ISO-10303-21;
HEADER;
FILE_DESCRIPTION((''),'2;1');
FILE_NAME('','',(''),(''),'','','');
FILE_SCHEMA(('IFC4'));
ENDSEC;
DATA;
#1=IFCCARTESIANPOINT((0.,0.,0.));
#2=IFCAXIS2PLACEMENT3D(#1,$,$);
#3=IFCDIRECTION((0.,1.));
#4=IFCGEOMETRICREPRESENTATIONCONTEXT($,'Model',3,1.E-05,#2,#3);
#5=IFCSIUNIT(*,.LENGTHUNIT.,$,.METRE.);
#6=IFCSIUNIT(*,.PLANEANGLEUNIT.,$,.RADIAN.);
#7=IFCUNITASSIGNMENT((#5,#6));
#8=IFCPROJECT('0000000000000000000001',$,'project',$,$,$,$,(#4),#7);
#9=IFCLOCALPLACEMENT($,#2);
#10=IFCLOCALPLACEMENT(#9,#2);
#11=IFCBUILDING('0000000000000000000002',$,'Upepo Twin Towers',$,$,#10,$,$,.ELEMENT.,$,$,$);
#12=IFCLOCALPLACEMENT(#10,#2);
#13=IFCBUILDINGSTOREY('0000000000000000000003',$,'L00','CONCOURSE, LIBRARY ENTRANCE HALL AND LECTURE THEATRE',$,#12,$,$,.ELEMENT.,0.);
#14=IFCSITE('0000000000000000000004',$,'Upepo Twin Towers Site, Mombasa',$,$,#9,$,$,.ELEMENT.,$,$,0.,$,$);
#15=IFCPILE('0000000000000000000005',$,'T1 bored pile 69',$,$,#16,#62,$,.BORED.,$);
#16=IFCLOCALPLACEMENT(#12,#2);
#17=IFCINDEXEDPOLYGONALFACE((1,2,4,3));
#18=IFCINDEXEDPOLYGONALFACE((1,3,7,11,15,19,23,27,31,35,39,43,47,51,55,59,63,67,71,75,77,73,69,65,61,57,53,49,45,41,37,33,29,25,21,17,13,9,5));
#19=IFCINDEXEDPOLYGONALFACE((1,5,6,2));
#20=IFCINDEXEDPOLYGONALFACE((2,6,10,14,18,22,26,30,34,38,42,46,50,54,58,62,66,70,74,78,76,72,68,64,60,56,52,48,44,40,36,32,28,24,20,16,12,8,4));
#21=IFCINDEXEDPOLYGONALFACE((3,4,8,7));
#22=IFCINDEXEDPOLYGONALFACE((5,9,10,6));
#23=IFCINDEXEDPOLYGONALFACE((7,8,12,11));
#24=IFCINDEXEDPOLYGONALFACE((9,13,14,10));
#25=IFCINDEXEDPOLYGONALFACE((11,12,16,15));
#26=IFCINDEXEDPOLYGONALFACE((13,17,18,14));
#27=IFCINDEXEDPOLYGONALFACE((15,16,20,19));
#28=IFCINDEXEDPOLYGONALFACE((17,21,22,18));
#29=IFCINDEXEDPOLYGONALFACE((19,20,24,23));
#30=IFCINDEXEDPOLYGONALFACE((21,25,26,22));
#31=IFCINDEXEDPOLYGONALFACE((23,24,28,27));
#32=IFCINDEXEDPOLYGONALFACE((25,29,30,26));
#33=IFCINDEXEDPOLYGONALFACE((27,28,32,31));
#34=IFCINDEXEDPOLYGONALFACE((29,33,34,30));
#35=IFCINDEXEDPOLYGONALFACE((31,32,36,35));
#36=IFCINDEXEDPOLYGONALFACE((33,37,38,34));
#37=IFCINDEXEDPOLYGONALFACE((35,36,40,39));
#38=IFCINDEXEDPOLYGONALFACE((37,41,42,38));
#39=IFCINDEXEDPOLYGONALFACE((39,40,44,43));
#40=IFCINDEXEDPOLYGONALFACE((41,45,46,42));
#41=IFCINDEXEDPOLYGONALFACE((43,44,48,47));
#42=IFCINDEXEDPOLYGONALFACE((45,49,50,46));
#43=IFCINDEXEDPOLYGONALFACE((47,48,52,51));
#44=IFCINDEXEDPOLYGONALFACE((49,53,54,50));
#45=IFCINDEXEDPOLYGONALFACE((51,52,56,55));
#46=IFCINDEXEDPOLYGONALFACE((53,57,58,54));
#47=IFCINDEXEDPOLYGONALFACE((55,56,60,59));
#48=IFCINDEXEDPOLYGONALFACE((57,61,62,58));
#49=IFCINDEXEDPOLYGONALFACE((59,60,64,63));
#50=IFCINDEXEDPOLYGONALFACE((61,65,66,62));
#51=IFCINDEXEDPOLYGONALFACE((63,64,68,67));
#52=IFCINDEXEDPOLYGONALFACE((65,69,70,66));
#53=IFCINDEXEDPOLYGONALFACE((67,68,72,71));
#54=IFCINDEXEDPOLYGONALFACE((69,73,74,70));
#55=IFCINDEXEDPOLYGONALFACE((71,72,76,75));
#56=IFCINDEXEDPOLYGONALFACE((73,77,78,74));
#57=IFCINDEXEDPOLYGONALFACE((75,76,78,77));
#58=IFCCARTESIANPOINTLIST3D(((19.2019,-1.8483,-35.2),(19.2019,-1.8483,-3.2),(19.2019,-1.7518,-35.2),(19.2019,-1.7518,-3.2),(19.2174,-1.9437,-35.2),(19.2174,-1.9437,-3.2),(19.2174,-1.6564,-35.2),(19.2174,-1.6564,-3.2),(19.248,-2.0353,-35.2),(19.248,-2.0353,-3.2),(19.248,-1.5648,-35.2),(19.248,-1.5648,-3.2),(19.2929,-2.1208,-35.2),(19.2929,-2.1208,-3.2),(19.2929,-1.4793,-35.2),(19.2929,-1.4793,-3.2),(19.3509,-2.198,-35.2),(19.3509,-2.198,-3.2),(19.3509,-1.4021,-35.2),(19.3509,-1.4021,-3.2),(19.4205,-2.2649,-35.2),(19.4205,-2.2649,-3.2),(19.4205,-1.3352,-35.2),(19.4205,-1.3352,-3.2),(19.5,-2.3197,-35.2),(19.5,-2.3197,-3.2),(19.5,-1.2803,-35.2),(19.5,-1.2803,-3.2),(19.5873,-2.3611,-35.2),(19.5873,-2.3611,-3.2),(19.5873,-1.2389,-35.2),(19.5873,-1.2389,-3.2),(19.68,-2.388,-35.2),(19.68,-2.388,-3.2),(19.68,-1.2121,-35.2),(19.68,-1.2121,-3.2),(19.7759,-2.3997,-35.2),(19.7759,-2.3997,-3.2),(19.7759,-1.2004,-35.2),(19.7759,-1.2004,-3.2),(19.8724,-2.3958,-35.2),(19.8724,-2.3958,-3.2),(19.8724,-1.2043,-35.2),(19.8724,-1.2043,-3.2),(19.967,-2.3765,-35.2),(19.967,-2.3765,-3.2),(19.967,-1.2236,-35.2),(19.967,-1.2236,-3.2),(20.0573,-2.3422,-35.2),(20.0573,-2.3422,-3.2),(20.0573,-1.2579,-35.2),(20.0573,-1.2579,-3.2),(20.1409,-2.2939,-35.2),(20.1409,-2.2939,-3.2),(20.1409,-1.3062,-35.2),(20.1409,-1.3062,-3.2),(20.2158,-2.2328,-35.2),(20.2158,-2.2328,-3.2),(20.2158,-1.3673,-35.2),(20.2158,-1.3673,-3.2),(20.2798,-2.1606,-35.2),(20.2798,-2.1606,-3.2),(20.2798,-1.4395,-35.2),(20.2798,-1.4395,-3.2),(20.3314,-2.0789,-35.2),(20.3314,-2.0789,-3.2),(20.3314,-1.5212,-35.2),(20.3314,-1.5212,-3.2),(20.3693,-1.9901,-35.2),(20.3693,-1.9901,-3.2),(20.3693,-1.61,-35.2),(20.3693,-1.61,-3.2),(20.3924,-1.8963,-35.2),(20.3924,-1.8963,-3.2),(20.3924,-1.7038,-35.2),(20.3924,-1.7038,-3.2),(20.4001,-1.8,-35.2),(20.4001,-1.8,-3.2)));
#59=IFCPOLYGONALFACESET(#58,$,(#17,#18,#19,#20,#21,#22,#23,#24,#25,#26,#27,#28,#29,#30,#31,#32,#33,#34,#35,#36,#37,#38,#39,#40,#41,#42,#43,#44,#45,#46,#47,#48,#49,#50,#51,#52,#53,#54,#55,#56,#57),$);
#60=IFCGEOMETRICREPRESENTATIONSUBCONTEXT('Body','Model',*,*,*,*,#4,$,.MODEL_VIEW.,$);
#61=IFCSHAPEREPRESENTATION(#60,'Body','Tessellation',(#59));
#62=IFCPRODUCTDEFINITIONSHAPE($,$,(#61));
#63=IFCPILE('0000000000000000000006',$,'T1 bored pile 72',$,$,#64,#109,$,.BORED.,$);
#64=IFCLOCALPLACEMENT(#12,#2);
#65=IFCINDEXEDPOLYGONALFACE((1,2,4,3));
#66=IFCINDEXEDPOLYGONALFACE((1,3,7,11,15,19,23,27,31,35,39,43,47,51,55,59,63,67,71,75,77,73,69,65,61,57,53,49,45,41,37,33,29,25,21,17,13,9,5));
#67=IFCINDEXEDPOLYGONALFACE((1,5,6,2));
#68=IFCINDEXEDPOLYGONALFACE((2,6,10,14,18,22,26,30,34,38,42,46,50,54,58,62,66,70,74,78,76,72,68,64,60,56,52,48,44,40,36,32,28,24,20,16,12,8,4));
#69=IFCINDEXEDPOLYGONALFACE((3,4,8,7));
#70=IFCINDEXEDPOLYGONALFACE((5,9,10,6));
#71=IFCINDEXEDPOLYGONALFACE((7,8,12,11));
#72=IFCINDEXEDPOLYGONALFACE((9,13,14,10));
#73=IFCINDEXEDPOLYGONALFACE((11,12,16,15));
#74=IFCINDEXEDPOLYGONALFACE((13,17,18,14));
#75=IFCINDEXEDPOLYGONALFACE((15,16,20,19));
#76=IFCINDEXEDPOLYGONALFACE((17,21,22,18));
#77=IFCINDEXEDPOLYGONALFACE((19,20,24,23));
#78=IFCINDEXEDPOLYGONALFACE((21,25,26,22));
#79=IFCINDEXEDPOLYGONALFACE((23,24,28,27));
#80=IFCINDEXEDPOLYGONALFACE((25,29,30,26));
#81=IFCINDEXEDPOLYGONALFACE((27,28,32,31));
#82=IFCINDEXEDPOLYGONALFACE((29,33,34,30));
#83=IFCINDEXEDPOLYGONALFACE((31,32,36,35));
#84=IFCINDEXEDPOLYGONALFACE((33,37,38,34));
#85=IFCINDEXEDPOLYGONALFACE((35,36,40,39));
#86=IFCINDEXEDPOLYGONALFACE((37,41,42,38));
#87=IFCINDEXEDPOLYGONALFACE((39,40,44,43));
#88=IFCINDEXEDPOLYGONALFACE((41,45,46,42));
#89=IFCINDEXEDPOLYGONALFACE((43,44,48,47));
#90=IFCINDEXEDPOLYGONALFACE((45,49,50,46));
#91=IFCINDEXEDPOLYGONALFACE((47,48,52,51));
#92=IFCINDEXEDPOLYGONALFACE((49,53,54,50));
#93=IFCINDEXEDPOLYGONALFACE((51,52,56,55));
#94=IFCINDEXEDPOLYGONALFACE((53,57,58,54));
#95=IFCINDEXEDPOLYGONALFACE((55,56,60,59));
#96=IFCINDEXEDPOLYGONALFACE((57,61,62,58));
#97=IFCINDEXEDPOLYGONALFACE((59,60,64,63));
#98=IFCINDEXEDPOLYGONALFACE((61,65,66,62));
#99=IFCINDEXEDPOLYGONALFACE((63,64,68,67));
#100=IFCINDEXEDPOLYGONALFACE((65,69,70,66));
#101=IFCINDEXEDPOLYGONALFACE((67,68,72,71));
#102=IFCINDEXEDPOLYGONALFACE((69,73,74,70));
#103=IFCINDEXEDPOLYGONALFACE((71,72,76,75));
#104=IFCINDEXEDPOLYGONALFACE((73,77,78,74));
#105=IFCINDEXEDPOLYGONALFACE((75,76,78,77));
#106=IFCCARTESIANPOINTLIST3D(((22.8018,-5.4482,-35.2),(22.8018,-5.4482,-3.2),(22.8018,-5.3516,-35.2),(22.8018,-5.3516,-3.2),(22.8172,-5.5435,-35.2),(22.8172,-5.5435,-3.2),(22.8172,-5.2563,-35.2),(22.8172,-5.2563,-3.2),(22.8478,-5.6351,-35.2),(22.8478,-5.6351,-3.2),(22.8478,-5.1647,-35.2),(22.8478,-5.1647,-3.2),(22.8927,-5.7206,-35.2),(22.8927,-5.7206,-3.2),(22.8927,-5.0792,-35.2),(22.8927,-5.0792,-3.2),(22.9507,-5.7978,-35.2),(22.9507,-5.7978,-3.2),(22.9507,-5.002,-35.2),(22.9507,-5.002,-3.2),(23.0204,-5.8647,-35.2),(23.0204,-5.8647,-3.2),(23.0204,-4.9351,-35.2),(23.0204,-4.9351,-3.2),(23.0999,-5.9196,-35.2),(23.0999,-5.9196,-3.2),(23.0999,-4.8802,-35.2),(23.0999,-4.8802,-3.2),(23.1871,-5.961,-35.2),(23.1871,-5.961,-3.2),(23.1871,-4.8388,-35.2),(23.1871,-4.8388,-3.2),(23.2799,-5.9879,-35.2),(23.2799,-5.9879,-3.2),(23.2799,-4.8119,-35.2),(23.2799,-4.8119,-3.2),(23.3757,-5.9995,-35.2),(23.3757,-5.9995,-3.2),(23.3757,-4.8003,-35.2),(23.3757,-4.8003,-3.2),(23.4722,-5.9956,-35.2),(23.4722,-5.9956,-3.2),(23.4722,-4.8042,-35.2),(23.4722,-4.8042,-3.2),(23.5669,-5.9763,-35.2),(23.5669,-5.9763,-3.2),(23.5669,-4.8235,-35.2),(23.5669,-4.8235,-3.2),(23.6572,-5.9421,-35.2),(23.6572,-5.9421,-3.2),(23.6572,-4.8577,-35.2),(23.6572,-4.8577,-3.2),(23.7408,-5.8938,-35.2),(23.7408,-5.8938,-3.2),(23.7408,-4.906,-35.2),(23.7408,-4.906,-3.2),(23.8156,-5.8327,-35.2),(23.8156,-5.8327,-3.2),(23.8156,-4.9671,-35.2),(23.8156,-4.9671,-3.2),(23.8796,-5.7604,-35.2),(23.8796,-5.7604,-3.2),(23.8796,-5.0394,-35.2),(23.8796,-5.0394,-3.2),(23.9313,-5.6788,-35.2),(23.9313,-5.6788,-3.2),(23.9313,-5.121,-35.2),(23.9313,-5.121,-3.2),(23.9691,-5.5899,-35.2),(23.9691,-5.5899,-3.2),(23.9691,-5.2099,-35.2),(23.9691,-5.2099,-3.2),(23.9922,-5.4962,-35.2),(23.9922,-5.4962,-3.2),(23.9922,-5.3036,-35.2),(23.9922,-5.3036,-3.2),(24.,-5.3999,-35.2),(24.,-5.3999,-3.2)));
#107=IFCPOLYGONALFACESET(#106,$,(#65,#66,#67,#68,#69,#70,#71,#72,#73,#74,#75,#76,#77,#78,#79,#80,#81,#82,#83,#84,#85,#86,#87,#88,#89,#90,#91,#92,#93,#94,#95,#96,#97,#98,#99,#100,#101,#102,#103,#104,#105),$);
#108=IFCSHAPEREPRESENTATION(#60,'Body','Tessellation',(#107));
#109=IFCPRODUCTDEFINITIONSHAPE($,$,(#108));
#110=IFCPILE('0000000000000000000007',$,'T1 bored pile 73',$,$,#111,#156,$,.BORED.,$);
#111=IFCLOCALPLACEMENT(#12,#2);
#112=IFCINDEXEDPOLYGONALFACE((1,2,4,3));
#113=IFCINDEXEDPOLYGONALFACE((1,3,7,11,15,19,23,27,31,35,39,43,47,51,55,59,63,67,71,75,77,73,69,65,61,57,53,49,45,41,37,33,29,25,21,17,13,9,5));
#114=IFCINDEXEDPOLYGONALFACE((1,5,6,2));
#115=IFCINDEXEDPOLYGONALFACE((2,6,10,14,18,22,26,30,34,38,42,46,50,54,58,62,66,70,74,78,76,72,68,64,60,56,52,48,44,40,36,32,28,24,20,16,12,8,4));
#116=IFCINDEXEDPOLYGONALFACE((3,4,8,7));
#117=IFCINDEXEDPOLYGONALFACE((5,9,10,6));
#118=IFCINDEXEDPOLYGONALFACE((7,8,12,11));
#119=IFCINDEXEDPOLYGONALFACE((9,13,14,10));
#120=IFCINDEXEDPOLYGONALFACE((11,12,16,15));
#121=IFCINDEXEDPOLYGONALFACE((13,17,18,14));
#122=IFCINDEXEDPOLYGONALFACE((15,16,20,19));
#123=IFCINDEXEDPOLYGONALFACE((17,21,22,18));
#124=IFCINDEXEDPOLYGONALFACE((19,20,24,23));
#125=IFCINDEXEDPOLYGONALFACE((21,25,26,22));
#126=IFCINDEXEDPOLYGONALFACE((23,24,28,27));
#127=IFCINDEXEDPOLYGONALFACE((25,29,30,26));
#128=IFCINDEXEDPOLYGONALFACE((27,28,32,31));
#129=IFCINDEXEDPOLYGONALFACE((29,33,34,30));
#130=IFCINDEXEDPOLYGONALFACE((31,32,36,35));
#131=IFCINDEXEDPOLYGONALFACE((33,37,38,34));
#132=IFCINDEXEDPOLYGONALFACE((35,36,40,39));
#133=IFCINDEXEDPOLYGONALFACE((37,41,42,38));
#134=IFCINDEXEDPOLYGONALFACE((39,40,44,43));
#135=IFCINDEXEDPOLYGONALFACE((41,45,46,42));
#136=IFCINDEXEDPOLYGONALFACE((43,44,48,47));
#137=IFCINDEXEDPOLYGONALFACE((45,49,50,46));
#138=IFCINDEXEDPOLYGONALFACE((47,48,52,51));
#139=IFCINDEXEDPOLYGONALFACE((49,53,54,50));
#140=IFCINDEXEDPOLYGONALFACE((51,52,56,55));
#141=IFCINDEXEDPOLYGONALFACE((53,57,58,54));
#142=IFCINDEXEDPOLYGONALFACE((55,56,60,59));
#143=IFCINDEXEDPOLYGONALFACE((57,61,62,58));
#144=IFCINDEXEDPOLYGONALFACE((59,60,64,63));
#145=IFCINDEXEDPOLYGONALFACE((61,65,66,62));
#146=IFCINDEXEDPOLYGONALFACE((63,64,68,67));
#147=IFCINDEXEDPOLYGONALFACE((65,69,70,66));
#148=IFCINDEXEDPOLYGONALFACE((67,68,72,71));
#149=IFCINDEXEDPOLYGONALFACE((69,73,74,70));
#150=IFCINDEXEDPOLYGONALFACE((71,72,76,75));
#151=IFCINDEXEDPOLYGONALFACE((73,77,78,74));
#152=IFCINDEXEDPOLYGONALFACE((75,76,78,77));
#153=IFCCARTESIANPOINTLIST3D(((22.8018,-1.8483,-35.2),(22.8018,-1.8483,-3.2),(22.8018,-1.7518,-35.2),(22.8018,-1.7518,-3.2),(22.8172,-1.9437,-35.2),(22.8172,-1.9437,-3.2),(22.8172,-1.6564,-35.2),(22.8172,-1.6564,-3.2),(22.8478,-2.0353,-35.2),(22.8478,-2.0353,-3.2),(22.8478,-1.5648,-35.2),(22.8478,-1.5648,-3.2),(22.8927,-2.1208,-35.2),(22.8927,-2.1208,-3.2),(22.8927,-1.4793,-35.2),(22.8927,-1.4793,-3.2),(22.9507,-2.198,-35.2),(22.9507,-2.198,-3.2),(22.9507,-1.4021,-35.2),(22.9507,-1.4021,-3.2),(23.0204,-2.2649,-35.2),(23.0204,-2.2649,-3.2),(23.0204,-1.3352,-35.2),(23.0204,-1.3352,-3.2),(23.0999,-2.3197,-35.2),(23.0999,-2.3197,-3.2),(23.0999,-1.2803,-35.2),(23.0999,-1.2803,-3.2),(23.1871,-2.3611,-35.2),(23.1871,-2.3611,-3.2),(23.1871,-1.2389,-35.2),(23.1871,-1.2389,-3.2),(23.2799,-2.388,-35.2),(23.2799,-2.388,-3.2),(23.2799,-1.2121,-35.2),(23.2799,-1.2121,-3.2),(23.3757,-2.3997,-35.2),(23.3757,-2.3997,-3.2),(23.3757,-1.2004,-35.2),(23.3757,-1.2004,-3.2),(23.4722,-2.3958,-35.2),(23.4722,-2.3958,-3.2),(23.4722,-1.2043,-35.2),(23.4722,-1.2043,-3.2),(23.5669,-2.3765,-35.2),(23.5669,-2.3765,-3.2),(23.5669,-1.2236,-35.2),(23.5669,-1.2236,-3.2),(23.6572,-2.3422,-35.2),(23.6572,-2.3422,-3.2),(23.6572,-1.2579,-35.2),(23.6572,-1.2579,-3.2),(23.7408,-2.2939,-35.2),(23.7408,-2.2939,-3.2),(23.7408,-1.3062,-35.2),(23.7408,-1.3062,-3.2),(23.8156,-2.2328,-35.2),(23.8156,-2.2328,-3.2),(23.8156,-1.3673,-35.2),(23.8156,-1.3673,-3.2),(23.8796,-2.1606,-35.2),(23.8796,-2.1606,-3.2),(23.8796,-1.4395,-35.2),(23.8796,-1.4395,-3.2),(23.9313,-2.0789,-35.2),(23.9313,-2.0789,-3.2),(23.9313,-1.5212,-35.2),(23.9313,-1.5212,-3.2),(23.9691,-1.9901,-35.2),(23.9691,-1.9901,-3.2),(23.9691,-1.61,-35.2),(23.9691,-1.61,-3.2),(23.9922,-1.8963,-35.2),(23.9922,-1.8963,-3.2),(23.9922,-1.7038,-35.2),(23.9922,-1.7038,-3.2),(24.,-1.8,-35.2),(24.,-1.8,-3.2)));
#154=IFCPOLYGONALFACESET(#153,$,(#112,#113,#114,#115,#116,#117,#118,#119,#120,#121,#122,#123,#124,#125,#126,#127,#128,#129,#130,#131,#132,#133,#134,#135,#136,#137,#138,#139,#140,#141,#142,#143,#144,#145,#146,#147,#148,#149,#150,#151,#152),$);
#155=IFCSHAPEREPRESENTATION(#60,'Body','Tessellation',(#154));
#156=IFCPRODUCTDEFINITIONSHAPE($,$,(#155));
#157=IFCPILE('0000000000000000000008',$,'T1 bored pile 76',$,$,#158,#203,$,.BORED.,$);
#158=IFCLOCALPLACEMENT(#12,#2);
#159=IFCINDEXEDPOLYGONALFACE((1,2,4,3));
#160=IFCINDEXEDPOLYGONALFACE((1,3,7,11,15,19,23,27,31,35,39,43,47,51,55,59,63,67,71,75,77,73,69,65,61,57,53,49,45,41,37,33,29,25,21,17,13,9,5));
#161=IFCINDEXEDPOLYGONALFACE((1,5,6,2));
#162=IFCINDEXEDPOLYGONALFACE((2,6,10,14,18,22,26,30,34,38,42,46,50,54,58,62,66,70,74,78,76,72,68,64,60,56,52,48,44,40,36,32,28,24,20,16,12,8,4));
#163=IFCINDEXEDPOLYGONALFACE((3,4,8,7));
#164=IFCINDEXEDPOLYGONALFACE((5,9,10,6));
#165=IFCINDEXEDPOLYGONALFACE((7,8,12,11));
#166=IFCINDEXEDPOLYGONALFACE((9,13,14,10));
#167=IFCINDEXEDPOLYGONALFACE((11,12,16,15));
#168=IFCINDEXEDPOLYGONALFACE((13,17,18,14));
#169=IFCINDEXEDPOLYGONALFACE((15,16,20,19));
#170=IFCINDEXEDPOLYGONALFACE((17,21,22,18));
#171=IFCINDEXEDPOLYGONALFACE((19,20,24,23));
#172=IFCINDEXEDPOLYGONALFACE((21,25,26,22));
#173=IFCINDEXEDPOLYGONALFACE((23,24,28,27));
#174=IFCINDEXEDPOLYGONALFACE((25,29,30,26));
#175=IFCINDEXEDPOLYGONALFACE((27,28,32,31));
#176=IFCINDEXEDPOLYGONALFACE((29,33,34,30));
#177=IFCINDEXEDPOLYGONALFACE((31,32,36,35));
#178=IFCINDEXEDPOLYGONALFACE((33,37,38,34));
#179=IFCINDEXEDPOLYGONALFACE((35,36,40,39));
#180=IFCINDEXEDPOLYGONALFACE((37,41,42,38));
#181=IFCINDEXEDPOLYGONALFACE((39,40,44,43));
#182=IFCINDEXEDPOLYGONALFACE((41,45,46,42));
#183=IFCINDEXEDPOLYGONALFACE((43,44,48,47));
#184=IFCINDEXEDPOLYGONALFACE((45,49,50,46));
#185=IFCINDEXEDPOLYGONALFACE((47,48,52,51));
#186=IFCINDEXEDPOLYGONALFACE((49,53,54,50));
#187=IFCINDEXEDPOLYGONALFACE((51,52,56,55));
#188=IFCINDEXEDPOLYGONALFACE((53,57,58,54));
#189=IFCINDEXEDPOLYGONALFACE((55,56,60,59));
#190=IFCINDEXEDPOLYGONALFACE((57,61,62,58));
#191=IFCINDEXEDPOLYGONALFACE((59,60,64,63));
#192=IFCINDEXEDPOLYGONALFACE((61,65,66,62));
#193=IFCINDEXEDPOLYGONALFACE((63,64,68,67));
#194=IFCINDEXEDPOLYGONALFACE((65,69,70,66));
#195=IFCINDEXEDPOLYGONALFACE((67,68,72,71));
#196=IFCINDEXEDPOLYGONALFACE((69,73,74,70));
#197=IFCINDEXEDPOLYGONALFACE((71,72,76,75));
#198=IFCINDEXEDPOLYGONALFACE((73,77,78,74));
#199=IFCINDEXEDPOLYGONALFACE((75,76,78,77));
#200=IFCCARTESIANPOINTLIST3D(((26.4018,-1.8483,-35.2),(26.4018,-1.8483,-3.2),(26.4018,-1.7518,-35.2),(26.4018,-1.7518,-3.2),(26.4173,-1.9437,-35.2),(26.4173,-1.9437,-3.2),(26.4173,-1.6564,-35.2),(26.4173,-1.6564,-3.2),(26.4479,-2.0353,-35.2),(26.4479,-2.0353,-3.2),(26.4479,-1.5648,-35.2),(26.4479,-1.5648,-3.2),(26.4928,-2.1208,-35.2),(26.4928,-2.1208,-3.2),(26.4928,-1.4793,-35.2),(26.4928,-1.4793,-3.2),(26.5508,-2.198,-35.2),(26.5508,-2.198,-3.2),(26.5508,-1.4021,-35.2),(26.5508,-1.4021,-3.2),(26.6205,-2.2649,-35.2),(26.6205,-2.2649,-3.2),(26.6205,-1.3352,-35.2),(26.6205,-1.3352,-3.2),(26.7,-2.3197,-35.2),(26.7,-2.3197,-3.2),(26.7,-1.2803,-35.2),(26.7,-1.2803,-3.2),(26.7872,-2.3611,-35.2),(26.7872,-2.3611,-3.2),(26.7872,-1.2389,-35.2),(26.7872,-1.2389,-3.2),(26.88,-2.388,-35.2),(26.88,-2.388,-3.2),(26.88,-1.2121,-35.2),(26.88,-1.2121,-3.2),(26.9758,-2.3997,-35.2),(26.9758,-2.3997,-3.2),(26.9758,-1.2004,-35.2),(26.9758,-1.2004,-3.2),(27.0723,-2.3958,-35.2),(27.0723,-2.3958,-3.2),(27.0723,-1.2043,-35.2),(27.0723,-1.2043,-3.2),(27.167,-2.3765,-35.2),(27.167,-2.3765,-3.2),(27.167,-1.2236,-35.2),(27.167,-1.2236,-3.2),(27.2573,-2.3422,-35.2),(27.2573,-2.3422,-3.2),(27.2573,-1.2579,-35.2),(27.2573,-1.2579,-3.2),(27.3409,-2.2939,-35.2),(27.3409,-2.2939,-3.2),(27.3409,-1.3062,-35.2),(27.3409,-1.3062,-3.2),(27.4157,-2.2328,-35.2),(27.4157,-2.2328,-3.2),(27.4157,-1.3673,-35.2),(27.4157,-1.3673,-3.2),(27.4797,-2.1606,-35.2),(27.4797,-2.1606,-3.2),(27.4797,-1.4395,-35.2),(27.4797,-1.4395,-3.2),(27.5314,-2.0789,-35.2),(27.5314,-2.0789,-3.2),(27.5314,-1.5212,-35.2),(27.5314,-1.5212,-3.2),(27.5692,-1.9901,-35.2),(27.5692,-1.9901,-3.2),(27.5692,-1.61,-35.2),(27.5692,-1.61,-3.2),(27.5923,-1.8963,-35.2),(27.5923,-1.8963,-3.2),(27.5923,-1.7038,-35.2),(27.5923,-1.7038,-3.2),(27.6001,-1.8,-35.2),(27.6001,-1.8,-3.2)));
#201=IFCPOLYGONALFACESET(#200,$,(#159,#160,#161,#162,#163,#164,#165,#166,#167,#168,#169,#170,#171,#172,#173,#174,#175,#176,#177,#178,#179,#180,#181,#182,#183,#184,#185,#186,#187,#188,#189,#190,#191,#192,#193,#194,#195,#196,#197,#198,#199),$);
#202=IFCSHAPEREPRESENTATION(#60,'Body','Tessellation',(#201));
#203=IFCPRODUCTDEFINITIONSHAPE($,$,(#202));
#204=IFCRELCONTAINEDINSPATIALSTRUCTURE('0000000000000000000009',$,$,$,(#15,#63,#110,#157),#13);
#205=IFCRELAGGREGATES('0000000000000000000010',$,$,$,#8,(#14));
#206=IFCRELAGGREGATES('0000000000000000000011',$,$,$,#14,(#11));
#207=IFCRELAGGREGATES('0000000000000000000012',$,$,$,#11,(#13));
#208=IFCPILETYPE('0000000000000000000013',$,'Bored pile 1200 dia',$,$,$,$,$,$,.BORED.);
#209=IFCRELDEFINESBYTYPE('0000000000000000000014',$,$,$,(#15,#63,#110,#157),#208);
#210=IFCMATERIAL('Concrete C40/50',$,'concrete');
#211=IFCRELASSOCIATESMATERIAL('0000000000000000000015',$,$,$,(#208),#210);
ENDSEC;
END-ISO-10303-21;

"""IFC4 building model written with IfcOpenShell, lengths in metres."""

from ifc_helpers import new_model, si_unit, direction, frame, origin, origin_2d, place, context, subcontext, project, spatial, circle, extrude, material, type_object, element, save


model = new_model("IFC4")

# Units and contexts
model_context = context("Model", 3, precision=1e-05, world=origin(), true_north=direction((0.0, 1.0)))
body_context = subcontext(model_context, "Body", "Model", "MODEL_VIEW")
ifc_project = project(units=[si_unit("LENGTHUNIT", "METRE"), si_unit("PLANEANGLEUNIT", "RADIAN")], contexts=[model_context])

# Site, building, storey
site_placement = place(None, origin())
site = spatial("IfcSite", under=ifc_project, at=site_placement, Name="Upepo Twin Towers Site, Mombasa", CompositionType="ELEMENT", RefElevation=0.0)
building_placement = place(site_placement, origin())
building = spatial("IfcBuilding", under=site, at=building_placement, Name="Upepo Twin Towers", CompositionType="ELEMENT")
storey_placement = place(building_placement, origin())
storey = spatial("IfcBuildingStorey", under=building, at=storey_placement, Name="L00", Description="CONCOURSE, LIBRARY ENTRANCE HALL AND LECTURE THEATRE", CompositionType="ELEMENT", Elevation=0.0)

# Piles
ifc_material_1 = material(Name="Concrete C40/50", Category="concrete")
pile_type = type_object("IfcPileType", Name="Bored pile 1200 dia", PredefinedType="BORED", material=ifc_material_1)
for number, where, z_axis, x_axis, name in (
    (1, (19.8, -1.8, -3.2), (0.0, 0.0, -1.0), (1.0, 0.0, 0.0), "T1 bored pile 69"),
    (2, (23.3999, -5.3999, -3.2), (0.0, 0.0, -1.0), (1.0, 0.0, 0.0), "T1 bored pile 72"),
    (3, (23.3999, -1.8, -3.2), (0.0, 0.0, -1.0), (1.0, 0.0, 0.0), "T1 bored pile 73"),
    (4, (27.0, -1.8, -3.2), (0.0, 0.0, -1.0), (1.0, 0.0, 0.0), "T1 bored pile 76"),
):
    element("IfcPile", number, at=place(storey_placement, frame(where, z_axis=z_axis, x_axis=x_axis)), inside=storey, type_object=pile_type, Name=name, PredefinedType="BORED", context=body_context, shape_type="SweptSolid", body=[
        extrude(circle(Radius=0.6001, at=origin_2d()), origin(), (0.0, 0.0, 1.0), 32.0),
    ])

save(model, "model.ifc")
